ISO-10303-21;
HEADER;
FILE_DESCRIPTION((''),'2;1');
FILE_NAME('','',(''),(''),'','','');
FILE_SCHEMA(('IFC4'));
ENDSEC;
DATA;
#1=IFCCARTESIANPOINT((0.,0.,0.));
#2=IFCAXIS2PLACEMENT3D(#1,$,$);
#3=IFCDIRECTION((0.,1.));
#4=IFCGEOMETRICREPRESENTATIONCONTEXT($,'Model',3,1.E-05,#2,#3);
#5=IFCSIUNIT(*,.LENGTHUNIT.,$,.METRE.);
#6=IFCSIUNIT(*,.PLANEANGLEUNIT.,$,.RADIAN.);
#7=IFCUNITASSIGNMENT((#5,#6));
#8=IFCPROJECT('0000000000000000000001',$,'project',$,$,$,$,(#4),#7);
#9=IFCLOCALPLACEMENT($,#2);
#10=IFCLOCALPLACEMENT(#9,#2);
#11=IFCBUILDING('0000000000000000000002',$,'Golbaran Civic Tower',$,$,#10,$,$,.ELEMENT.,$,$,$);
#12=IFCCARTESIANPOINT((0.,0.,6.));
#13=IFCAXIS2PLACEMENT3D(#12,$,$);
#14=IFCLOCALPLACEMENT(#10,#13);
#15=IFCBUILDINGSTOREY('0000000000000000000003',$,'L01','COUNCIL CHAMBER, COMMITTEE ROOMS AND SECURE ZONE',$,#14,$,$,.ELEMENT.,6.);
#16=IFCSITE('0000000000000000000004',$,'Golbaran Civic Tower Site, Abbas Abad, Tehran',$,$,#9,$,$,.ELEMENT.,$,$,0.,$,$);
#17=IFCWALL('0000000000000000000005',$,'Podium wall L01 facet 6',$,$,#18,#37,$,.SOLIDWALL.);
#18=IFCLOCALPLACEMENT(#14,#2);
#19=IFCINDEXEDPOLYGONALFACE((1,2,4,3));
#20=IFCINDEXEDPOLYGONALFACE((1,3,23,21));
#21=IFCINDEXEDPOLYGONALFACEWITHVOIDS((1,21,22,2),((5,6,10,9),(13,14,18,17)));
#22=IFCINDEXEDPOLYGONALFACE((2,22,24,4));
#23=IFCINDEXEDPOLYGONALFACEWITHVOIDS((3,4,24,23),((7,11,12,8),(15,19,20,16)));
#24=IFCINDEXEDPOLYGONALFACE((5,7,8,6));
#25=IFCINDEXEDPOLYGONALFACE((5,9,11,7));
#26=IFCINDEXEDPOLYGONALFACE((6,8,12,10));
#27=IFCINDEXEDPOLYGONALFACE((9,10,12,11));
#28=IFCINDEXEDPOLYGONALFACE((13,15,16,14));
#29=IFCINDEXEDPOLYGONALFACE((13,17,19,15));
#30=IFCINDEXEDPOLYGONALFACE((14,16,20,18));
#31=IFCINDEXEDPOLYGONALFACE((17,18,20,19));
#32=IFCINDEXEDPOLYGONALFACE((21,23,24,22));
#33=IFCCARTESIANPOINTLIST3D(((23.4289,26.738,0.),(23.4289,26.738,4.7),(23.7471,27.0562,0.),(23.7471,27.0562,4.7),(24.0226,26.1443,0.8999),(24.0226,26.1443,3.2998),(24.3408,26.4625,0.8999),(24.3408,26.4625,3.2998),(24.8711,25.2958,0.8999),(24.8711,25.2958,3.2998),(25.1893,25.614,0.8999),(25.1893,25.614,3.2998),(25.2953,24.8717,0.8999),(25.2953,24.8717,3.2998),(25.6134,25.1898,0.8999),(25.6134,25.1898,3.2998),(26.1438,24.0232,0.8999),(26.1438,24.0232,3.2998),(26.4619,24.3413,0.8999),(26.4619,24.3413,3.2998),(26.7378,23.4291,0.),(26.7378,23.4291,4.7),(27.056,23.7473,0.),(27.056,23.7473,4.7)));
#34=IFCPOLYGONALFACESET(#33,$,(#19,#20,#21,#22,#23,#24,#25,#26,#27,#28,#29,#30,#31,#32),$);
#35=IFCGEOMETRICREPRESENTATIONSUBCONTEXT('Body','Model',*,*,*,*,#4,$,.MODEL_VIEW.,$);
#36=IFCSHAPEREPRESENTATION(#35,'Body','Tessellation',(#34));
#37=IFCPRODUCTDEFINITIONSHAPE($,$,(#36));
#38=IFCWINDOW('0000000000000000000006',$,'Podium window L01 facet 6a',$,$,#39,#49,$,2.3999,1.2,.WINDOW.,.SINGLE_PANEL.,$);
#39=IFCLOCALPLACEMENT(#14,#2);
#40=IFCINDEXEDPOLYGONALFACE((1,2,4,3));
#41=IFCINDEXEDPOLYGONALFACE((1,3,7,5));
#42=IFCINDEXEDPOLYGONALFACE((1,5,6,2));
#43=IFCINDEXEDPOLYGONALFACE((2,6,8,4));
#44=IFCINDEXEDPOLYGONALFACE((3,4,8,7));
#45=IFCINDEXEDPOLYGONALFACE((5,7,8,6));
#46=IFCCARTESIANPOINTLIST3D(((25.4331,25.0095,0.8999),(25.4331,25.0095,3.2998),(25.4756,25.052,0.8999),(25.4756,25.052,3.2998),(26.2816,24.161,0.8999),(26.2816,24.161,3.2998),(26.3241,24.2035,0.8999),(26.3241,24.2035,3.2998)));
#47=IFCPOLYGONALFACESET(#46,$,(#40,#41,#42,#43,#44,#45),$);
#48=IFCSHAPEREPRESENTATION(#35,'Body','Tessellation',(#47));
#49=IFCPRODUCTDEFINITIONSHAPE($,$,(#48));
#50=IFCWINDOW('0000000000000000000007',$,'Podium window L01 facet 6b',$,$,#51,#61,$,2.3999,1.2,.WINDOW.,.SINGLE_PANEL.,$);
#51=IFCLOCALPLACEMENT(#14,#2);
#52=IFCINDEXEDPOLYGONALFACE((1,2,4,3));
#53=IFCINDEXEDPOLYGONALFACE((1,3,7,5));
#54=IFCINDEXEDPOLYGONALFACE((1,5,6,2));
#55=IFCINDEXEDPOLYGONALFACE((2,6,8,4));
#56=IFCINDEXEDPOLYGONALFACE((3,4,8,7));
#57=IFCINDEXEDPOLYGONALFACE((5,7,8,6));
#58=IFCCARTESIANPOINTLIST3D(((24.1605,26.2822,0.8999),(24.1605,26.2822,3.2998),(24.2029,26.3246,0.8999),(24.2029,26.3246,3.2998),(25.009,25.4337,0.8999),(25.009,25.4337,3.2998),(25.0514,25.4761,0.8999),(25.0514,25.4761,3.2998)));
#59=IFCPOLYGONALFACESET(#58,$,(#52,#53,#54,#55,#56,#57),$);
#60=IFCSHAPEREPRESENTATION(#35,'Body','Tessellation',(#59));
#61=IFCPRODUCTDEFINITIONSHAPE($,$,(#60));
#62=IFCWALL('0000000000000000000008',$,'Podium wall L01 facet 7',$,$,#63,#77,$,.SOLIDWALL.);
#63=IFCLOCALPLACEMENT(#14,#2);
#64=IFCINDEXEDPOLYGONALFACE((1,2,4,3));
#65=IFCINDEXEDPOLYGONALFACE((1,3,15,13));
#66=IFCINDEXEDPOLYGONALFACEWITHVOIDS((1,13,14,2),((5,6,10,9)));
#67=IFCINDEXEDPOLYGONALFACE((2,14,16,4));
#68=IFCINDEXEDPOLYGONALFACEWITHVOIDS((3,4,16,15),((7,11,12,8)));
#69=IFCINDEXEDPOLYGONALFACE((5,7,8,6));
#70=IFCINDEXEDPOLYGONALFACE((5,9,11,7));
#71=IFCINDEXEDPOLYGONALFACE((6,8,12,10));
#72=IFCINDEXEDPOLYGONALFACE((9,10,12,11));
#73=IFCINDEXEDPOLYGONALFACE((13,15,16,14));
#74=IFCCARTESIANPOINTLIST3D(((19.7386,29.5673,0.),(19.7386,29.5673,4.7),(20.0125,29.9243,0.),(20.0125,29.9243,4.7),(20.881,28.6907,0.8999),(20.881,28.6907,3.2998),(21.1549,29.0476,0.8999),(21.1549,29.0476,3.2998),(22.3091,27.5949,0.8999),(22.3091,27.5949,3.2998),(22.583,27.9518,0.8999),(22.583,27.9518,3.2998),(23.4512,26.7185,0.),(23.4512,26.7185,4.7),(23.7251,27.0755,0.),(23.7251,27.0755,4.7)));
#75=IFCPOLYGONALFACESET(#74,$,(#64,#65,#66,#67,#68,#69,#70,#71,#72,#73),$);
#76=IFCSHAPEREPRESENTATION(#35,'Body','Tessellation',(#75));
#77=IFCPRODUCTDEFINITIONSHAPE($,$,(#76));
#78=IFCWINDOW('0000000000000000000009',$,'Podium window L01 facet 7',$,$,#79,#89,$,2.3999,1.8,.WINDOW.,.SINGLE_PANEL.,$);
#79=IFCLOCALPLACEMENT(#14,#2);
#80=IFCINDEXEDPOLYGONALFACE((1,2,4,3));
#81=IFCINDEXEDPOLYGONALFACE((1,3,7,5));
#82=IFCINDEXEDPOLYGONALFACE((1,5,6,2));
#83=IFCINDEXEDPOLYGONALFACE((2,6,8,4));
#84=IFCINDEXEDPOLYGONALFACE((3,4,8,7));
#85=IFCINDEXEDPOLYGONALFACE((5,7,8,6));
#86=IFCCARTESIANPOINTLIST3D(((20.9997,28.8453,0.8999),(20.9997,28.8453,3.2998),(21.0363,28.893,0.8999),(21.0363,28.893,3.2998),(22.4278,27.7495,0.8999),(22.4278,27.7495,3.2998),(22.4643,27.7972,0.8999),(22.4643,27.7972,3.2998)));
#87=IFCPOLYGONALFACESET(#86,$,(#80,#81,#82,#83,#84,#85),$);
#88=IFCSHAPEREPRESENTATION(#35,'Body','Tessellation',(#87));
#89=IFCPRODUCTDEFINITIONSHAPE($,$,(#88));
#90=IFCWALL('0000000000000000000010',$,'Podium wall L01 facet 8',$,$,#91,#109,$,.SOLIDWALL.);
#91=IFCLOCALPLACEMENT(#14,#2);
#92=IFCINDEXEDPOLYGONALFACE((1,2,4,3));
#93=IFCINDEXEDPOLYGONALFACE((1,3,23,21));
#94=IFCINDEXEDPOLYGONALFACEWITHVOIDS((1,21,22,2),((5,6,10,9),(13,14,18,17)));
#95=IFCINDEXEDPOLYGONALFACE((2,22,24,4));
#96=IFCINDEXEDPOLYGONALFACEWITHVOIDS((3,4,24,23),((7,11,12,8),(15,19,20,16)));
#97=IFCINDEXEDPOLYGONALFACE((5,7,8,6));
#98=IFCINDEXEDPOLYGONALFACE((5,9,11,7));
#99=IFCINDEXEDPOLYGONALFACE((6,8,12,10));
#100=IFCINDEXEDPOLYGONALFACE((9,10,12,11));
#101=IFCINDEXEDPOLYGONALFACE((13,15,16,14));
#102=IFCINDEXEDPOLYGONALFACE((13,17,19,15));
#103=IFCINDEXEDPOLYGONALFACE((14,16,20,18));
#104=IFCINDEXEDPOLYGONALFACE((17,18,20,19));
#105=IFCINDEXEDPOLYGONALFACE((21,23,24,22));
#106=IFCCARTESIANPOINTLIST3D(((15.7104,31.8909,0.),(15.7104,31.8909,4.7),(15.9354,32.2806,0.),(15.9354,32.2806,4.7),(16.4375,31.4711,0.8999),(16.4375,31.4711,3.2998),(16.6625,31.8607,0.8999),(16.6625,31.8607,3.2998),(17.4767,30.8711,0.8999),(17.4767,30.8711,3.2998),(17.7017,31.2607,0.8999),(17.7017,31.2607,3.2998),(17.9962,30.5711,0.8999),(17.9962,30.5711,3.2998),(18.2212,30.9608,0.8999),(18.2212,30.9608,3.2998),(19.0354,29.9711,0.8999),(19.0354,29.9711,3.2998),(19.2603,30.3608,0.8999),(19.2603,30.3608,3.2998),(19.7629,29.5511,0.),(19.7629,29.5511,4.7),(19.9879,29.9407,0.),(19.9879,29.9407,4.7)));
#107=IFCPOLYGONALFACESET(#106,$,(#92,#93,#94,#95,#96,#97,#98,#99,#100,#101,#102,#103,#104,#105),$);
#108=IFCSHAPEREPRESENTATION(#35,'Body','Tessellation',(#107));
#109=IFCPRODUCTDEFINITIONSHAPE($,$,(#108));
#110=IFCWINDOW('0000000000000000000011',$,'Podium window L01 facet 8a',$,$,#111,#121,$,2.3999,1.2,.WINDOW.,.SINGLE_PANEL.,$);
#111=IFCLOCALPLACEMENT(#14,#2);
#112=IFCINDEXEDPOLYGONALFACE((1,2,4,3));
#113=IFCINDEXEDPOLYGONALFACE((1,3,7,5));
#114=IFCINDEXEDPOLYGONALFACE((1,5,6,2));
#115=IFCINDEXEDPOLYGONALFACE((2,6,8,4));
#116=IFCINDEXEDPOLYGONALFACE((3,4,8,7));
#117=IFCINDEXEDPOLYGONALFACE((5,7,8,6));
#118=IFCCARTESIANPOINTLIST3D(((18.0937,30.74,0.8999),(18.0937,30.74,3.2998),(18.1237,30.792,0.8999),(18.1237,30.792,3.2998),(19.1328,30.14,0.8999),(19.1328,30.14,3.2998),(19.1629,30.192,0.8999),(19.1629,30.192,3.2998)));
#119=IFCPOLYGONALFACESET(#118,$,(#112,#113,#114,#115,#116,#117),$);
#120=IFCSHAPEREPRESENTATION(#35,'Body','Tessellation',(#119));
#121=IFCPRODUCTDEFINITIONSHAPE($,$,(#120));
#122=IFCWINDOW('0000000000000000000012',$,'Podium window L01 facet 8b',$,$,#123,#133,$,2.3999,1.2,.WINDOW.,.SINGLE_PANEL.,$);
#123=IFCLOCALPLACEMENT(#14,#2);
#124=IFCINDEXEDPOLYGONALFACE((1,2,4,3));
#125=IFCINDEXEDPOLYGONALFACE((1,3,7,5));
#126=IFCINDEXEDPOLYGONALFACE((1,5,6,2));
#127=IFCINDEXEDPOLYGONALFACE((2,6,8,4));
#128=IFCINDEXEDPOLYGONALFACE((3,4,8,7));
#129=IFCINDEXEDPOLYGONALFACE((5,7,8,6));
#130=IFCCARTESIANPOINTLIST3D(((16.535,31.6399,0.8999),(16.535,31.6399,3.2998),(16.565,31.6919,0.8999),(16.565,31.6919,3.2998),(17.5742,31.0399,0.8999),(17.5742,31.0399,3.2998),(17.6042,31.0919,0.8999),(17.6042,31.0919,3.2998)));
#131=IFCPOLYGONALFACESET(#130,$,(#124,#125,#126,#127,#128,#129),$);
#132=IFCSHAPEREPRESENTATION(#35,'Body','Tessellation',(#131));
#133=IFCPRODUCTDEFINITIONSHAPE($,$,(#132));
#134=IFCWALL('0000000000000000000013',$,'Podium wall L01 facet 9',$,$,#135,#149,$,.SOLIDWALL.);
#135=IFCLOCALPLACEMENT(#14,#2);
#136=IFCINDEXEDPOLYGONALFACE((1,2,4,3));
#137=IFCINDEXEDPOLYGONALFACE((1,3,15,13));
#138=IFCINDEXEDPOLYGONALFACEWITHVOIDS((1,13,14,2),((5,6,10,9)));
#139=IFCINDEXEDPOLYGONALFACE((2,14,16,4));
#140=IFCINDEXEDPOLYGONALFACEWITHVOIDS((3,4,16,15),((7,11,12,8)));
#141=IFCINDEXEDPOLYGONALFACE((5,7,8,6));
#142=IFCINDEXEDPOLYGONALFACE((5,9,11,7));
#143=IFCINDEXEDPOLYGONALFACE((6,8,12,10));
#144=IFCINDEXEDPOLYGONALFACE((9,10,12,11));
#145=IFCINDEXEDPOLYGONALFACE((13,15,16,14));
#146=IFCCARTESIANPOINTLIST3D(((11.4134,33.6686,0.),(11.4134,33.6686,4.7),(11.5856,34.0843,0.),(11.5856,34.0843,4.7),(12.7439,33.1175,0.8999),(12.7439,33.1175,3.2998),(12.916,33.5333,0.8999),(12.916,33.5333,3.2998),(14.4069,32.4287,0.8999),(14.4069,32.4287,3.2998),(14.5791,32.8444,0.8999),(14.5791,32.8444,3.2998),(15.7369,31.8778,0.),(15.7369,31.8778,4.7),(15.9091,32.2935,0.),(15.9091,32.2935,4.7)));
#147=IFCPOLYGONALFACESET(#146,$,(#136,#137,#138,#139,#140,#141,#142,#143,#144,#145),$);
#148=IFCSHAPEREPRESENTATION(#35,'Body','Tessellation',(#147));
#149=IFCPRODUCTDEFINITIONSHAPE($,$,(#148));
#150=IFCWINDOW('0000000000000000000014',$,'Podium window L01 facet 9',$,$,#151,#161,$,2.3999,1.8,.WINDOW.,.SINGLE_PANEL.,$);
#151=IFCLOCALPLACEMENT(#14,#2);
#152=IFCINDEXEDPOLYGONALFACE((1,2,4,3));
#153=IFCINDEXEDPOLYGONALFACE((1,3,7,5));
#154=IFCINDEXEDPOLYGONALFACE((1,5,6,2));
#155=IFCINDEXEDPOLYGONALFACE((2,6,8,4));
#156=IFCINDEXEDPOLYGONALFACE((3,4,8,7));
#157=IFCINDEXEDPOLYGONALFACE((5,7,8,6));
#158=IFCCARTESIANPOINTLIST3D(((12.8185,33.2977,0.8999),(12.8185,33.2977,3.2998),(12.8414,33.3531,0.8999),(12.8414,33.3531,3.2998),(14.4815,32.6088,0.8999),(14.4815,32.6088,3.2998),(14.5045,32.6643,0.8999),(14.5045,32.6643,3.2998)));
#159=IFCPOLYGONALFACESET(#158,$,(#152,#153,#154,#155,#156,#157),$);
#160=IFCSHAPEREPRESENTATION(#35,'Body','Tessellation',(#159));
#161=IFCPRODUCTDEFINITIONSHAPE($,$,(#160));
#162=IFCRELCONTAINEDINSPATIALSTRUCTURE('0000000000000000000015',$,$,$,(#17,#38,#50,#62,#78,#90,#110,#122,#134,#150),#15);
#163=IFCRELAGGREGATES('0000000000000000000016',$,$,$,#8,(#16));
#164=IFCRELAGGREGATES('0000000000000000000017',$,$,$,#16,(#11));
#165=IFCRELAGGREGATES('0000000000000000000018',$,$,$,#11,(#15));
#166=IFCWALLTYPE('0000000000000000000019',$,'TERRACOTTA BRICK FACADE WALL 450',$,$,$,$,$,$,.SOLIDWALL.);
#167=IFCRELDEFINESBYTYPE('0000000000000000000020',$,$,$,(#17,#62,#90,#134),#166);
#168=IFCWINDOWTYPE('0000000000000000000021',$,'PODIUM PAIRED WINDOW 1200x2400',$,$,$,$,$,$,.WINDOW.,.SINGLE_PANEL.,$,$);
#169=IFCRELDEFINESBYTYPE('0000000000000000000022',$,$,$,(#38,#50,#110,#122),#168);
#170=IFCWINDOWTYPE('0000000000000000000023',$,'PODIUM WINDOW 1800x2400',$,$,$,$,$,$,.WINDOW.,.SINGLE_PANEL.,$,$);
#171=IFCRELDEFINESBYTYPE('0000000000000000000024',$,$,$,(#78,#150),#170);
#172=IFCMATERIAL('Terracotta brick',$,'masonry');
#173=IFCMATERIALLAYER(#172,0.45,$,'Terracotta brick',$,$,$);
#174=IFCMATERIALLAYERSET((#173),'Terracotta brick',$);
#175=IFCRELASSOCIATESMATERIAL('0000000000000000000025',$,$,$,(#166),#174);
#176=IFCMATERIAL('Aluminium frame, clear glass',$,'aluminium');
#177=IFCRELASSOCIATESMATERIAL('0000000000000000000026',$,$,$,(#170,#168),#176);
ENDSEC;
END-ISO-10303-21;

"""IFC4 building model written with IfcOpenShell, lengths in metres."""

from ifc_helpers import new_model, si_unit, direction, frame, frame_2d, origin, place, context, subcontext, project, spatial, rectangle, extrude, material, layer, layer_set, type_object, element, fill, save


model = new_model("IFC4")

# Units and contexts
model_context = context("Model", 3, precision=1e-05, world=origin(), true_north=direction((0.0, 1.0)))
body_context = subcontext(model_context, "Body", "Model", "MODEL_VIEW")
ifc_project = project(units=[si_unit("LENGTHUNIT", "METRE"), si_unit("PLANEANGLEUNIT", "RADIAN")], contexts=[model_context])

# Site, building, storey
site_placement = place(None, origin())
site = spatial("IfcSite", under=ifc_project, at=site_placement, Name="Golbaran Civic Tower Site, Abbas Abad, Tehran", CompositionType="ELEMENT", RefElevation=0.0)
building_placement = place(site_placement, origin())
building = spatial("IfcBuilding", under=site, at=building_placement, Name="Golbaran Civic Tower", CompositionType="ELEMENT")
storey_placement = place(building_placement, frame((0.0, 0.0, 6.0)))
storey = spatial("IfcBuildingStorey", under=building, at=storey_placement, Name="L01", Description="COUNCIL CHAMBER, COMMITTEE ROOMS AND SECURE ZONE", CompositionType="ELEMENT", Elevation=6.0)

# Shared definitions
ifc_material_1 = material(Name="Terracotta brick", Category="masonry")
ifc_layer_1 = layer(ifc_material_1, 0.45, Name="Terracotta brick")
ifc_layer_set_1 = layer_set([ifc_layer_1], Name="Terracotta brick")
wall_type_1 = type_object("IfcWallType", Name="TERRACOTTA BRICK FACADE WALL 450", PredefinedType="SOLIDWALL", material=ifc_layer_set_1)
ifc_material_2 = material(Name="Aluminium frame, clear glass", Category="aluminium")
window_type_1 = type_object("IfcWindowType", Name="PODIUM WINDOW 1800x2400", PartitioningType="SINGLE_PANEL", PredefinedType="WINDOW", material=ifc_material_2)

# Wall, openings, windows
wall_1_placement = place(storey_placement, frame((26.897, 23.5881, 0.0), z_axis=(0.0, 0.0, 1.0), x_axis=(-0.707107, 0.707107, 0.0)))
wall_1 = element("IfcWall", 1, at=wall_1_placement, inside=storey, type_object=wall_type_1, Name="Podium wall L01 facet 6", PredefinedType="SOLIDWALL", context=body_context, shape_type="SweptSolid", body=[
    extrude(rectangle(XDim=4.6794, YDim=0.45, at=frame_2d((2.3398, 0.0))), origin(), (0.0, 0.0, 1.0), 4.7),
])
opening_1_placement = place(wall_1_placement, frame((0.8401, 0.0, 0.8999)))
opening_1 = element("IfcOpeningElement", 2, at=opening_1_placement, cuts=wall_1, PredefinedType="OPENING", context=body_context, shape_type="SweptSolid", body=[
    extrude(rectangle(XDim=1.2, YDim=2.3999, at=frame_2d((0.6001, 1.2))), frame((0.0, 0.2349, 0.0), z_axis=(0.0, -1.0, 0.0), x_axis=(1.0, 0.0, 0.0)), (0.0, 0.0, 1.0), 0.47),
])
opening_2_placement = place(wall_1_placement, frame((2.6399, 0.0, 0.8999)))
opening_2 = element("IfcOpeningElement", 3, at=opening_2_placement, cuts=wall_1, PredefinedType="OPENING", context=body_context, shape_type="SweptSolid", body=[
    extrude(rectangle(XDim=1.2, YDim=2.3999, at=frame_2d((0.6001, 1.2))), frame((0.0, 0.2349, 0.0), z_axis=(0.0, -1.0, 0.0), x_axis=(1.0, 0.0, 0.0)), (0.0, 0.0, 1.0), 0.47),
])
window_type_2 = type_object("IfcWindowType", Name="PODIUM PAIRED WINDOW 1200x2400", PartitioningType="SINGLE_PANEL", PredefinedType="WINDOW", material=ifc_material_2)
window_1_placement = place(opening_1_placement, origin())
window_1 = element("IfcWindow", 4, at=window_1_placement, inside=storey, type_object=window_type_2, Name="Podium window L01 facet 6a", OverallHeight=2.3999, OverallWidth=1.2, PartitioningType="SINGLE_PANEL", PredefinedType="WINDOW", context=body_context, shape_type="SweptSolid", body=[
    extrude(rectangle(XDim=1.2, YDim=2.3999, at=frame_2d((0.6001, 1.2))), frame((0.0, 0.03, 0.0), z_axis=(0.0, -1.0, 0.0), x_axis=(1.0, 0.0, 0.0)), (0.0, 0.0, 1.0), 0.0601),
])
fill(opening_1, window_1)
window_2_placement = place(opening_2_placement, origin())
window_2 = element("IfcWindow", 5, at=window_2_placement, inside=storey, type_object=window_type_2, Name="Podium window L01 facet 6b", OverallHeight=2.3999, OverallWidth=1.2, PartitioningType="SINGLE_PANEL", PredefinedType="WINDOW", context=body_context, shape_type="SweptSolid", body=[
    extrude(rectangle(XDim=1.2, YDim=2.3999, at=frame_2d((0.6001, 1.2))), frame((0.0, 0.03, 0.0), z_axis=(0.0, -1.0, 0.0), x_axis=(1.0, 0.0, 0.0)), (0.0, 0.0, 1.0), 0.0601),
])
fill(opening_2, window_2)

# Wall, opening, window
wall_2_placement = place(storey_placement, frame((23.5881, 26.897, 0.0), z_axis=(0.0, 0.0, 1.0), x_axis=(-0.793347, 0.60877, 0.0)))
wall_2 = element("IfcWall", 6, at=wall_2_placement, inside=storey, type_object=wall_type_1, Name="Podium wall L01 facet 7", PredefinedType="SOLIDWALL", context=body_context, shape_type="SweptSolid", body=[
    extrude(rectangle(XDim=4.6797, YDim=0.45, at=frame_2d((2.3398, 0.0))), origin(), (0.0, 0.0, 1.0), 4.7),
])
opening_3_placement = place(wall_2_placement, frame((1.4397, 0.0, 0.8999)))
opening_3 = element("IfcOpeningElement", 7, at=opening_3_placement, cuts=wall_2, PredefinedType="OPENING", context=body_context, shape_type="SweptSolid", body=[
    extrude(rectangle(XDim=1.8, YDim=2.3999, at=frame_2d((0.8999, 1.2))), frame((0.0, 0.2349, 0.0), z_axis=(0.0, -1.0, 0.0), x_axis=(1.0, 0.0, 0.0)), (0.0, 0.0, 1.0), 0.47),
])
window_3_placement = place(opening_3_placement, origin())
window_3 = element("IfcWindow", 8, at=window_3_placement, inside=storey, type_object=window_type_1, Name="Podium window L01 facet 7", OverallHeight=2.3999, OverallWidth=1.8, PartitioningType="SINGLE_PANEL", PredefinedType="WINDOW", context=body_context, shape_type="SweptSolid", body=[
    extrude(rectangle(XDim=1.8, YDim=2.3999, at=frame_2d((0.8999, 1.2))), frame((0.0, 0.03, 0.0), z_axis=(0.0, -1.0, 0.0), x_axis=(1.0, 0.0, 0.0)), (0.0, 0.0, 1.0), 0.0601),
])
fill(opening_3, window_3)

# Wall, openings, windows
wall_3_placement = place(storey_placement, frame((19.8755, 29.7458, 0.0), z_axis=(0.0, 0.0, 1.0), x_axis=(-0.866013, 0.500022, 0.0)))
wall_3 = element("IfcWall", 9, at=wall_3_placement, inside=storey, type_object=wall_type_1, Name="Podium wall L01 facet 8", PredefinedType="SOLIDWALL", context=body_context, shape_type="SweptSolid", body=[
    extrude(rectangle(XDim=4.6794, YDim=0.45, at=frame_2d((2.3398, 0.0))), origin(), (0.0, 0.0, 1.0), 4.7),
])
opening_4_placement = place(wall_3_placement, frame((0.8401, 0.0, 0.8999)))
opening_4 = element("IfcOpeningElement", 10, at=opening_4_placement, cuts=wall_3, PredefinedType="OPENING", context=body_context, shape_type="SweptSolid", body=[
    extrude(rectangle(XDim=1.2, YDim=2.3999, at=frame_2d((0.6001, 1.2))), frame((0.0, 0.2349, 0.0), z_axis=(0.0, -1.0, 0.0), x_axis=(1.0, 0.0, 0.0)), (0.0, 0.0, 1.0), 0.47),
])
opening_5_placement = place(wall_3_placement, frame((2.6399, 0.0, 0.8999)))
opening_5 = element("IfcOpeningElement", 11, at=opening_5_placement, cuts=wall_3, PredefinedType="OPENING", context=body_context, shape_type="SweptSolid", body=[
    extrude(rectangle(XDim=1.2, YDim=2.3999, at=frame_2d((0.6001, 1.2))), frame((0.0, 0.2349, 0.0), z_axis=(0.0, -1.0, 0.0), x_axis=(1.0, 0.0, 0.0)), (0.0, 0.0, 1.0), 0.47),
])
window_4_placement = place(opening_4_placement, origin())
window_4 = element("IfcWindow", 12, at=window_4_placement, inside=storey, type_object=window_type_2, Name="Podium window L01 facet 8a", OverallHeight=2.3999, OverallWidth=1.2, PartitioningType="SINGLE_PANEL", PredefinedType="WINDOW", context=body_context, shape_type="SweptSolid", body=[
    extrude(rectangle(XDim=1.2, YDim=2.3999, at=frame_2d((0.6001, 1.2))), frame((0.0, 0.03, 0.0), z_axis=(0.0, -1.0, 0.0), x_axis=(1.0, 0.0, 0.0)), (0.0, 0.0, 1.0), 0.0601),
])
fill(opening_4, window_4)
window_5_placement = place(opening_5_placement, origin())
window_5 = element("IfcWindow", 13, at=window_5_placement, inside=storey, type_object=window_type_2, Name="Podium window L01 facet 8b", OverallHeight=2.3999, OverallWidth=1.2, PartitioningType="SINGLE_PANEL", PredefinedType="WINDOW", context=body_context, shape_type="SweptSolid", body=[
    extrude(rectangle(XDim=1.2, YDim=2.3999, at=frame_2d((0.6001, 1.2))), frame((0.0, 0.03, 0.0), z_axis=(0.0, -1.0, 0.0), x_axis=(1.0, 0.0, 0.0)), (0.0, 0.0, 1.0), 0.0601),
])
fill(opening_5, window_5)

# Wall, opening, window
wall_4_placement = place(storey_placement, frame((15.823, 32.0857, 0.0), z_axis=(0.0, 0.0, 1.0), x_axis=(-0.923885, 0.38267, 0.0)))
wall_4 = element("IfcWall", 14, at=wall_4_placement, inside=storey, type_object=wall_type_1, Name="Podium wall L01 facet 9", PredefinedType="SOLIDWALL", context=body_context, shape_type="SweptSolid", body=[
    extrude(rectangle(XDim=4.6797, YDim=0.45, at=frame_2d((2.3398, 0.0))), origin(), (0.0, 0.0, 1.0), 4.7),
])
opening_6_placement = place(wall_4_placement, frame((1.4397, 0.0, 0.8999)))
opening_6 = element("IfcOpeningElement", 15, at=opening_6_placement, cuts=wall_4, PredefinedType="OPENING", context=body_context, shape_type="SweptSolid", body=[
    extrude(rectangle(XDim=1.8, YDim=2.3999, at=frame_2d((0.8999, 1.2))), frame((0.0, 0.2349, 0.0), z_axis=(0.0, -1.0, 0.0), x_axis=(1.0, 0.0, 0.0)), (0.0, 0.0, 1.0), 0.47),
])
window_6_placement = place(opening_6_placement, origin())
window_6 = element("IfcWindow", 16, at=window_6_placement, inside=storey, type_object=window_type_1, Name="Podium window L01 facet 9", OverallHeight=2.3999, OverallWidth=1.8, PartitioningType="SINGLE_PANEL", PredefinedType="WINDOW", context=body_context, shape_type="SweptSolid", body=[
    extrude(rectangle(XDim=1.8, YDim=2.3999, at=frame_2d((0.8999, 1.2))), frame((0.0, 0.03, 0.0), z_axis=(0.0, -1.0, 0.0), x_axis=(1.0, 0.0, 0.0)), (0.0, 0.0, 1.0), 0.0601),
])
fill(opening_6, window_6)

save(model, "model.ifc")
